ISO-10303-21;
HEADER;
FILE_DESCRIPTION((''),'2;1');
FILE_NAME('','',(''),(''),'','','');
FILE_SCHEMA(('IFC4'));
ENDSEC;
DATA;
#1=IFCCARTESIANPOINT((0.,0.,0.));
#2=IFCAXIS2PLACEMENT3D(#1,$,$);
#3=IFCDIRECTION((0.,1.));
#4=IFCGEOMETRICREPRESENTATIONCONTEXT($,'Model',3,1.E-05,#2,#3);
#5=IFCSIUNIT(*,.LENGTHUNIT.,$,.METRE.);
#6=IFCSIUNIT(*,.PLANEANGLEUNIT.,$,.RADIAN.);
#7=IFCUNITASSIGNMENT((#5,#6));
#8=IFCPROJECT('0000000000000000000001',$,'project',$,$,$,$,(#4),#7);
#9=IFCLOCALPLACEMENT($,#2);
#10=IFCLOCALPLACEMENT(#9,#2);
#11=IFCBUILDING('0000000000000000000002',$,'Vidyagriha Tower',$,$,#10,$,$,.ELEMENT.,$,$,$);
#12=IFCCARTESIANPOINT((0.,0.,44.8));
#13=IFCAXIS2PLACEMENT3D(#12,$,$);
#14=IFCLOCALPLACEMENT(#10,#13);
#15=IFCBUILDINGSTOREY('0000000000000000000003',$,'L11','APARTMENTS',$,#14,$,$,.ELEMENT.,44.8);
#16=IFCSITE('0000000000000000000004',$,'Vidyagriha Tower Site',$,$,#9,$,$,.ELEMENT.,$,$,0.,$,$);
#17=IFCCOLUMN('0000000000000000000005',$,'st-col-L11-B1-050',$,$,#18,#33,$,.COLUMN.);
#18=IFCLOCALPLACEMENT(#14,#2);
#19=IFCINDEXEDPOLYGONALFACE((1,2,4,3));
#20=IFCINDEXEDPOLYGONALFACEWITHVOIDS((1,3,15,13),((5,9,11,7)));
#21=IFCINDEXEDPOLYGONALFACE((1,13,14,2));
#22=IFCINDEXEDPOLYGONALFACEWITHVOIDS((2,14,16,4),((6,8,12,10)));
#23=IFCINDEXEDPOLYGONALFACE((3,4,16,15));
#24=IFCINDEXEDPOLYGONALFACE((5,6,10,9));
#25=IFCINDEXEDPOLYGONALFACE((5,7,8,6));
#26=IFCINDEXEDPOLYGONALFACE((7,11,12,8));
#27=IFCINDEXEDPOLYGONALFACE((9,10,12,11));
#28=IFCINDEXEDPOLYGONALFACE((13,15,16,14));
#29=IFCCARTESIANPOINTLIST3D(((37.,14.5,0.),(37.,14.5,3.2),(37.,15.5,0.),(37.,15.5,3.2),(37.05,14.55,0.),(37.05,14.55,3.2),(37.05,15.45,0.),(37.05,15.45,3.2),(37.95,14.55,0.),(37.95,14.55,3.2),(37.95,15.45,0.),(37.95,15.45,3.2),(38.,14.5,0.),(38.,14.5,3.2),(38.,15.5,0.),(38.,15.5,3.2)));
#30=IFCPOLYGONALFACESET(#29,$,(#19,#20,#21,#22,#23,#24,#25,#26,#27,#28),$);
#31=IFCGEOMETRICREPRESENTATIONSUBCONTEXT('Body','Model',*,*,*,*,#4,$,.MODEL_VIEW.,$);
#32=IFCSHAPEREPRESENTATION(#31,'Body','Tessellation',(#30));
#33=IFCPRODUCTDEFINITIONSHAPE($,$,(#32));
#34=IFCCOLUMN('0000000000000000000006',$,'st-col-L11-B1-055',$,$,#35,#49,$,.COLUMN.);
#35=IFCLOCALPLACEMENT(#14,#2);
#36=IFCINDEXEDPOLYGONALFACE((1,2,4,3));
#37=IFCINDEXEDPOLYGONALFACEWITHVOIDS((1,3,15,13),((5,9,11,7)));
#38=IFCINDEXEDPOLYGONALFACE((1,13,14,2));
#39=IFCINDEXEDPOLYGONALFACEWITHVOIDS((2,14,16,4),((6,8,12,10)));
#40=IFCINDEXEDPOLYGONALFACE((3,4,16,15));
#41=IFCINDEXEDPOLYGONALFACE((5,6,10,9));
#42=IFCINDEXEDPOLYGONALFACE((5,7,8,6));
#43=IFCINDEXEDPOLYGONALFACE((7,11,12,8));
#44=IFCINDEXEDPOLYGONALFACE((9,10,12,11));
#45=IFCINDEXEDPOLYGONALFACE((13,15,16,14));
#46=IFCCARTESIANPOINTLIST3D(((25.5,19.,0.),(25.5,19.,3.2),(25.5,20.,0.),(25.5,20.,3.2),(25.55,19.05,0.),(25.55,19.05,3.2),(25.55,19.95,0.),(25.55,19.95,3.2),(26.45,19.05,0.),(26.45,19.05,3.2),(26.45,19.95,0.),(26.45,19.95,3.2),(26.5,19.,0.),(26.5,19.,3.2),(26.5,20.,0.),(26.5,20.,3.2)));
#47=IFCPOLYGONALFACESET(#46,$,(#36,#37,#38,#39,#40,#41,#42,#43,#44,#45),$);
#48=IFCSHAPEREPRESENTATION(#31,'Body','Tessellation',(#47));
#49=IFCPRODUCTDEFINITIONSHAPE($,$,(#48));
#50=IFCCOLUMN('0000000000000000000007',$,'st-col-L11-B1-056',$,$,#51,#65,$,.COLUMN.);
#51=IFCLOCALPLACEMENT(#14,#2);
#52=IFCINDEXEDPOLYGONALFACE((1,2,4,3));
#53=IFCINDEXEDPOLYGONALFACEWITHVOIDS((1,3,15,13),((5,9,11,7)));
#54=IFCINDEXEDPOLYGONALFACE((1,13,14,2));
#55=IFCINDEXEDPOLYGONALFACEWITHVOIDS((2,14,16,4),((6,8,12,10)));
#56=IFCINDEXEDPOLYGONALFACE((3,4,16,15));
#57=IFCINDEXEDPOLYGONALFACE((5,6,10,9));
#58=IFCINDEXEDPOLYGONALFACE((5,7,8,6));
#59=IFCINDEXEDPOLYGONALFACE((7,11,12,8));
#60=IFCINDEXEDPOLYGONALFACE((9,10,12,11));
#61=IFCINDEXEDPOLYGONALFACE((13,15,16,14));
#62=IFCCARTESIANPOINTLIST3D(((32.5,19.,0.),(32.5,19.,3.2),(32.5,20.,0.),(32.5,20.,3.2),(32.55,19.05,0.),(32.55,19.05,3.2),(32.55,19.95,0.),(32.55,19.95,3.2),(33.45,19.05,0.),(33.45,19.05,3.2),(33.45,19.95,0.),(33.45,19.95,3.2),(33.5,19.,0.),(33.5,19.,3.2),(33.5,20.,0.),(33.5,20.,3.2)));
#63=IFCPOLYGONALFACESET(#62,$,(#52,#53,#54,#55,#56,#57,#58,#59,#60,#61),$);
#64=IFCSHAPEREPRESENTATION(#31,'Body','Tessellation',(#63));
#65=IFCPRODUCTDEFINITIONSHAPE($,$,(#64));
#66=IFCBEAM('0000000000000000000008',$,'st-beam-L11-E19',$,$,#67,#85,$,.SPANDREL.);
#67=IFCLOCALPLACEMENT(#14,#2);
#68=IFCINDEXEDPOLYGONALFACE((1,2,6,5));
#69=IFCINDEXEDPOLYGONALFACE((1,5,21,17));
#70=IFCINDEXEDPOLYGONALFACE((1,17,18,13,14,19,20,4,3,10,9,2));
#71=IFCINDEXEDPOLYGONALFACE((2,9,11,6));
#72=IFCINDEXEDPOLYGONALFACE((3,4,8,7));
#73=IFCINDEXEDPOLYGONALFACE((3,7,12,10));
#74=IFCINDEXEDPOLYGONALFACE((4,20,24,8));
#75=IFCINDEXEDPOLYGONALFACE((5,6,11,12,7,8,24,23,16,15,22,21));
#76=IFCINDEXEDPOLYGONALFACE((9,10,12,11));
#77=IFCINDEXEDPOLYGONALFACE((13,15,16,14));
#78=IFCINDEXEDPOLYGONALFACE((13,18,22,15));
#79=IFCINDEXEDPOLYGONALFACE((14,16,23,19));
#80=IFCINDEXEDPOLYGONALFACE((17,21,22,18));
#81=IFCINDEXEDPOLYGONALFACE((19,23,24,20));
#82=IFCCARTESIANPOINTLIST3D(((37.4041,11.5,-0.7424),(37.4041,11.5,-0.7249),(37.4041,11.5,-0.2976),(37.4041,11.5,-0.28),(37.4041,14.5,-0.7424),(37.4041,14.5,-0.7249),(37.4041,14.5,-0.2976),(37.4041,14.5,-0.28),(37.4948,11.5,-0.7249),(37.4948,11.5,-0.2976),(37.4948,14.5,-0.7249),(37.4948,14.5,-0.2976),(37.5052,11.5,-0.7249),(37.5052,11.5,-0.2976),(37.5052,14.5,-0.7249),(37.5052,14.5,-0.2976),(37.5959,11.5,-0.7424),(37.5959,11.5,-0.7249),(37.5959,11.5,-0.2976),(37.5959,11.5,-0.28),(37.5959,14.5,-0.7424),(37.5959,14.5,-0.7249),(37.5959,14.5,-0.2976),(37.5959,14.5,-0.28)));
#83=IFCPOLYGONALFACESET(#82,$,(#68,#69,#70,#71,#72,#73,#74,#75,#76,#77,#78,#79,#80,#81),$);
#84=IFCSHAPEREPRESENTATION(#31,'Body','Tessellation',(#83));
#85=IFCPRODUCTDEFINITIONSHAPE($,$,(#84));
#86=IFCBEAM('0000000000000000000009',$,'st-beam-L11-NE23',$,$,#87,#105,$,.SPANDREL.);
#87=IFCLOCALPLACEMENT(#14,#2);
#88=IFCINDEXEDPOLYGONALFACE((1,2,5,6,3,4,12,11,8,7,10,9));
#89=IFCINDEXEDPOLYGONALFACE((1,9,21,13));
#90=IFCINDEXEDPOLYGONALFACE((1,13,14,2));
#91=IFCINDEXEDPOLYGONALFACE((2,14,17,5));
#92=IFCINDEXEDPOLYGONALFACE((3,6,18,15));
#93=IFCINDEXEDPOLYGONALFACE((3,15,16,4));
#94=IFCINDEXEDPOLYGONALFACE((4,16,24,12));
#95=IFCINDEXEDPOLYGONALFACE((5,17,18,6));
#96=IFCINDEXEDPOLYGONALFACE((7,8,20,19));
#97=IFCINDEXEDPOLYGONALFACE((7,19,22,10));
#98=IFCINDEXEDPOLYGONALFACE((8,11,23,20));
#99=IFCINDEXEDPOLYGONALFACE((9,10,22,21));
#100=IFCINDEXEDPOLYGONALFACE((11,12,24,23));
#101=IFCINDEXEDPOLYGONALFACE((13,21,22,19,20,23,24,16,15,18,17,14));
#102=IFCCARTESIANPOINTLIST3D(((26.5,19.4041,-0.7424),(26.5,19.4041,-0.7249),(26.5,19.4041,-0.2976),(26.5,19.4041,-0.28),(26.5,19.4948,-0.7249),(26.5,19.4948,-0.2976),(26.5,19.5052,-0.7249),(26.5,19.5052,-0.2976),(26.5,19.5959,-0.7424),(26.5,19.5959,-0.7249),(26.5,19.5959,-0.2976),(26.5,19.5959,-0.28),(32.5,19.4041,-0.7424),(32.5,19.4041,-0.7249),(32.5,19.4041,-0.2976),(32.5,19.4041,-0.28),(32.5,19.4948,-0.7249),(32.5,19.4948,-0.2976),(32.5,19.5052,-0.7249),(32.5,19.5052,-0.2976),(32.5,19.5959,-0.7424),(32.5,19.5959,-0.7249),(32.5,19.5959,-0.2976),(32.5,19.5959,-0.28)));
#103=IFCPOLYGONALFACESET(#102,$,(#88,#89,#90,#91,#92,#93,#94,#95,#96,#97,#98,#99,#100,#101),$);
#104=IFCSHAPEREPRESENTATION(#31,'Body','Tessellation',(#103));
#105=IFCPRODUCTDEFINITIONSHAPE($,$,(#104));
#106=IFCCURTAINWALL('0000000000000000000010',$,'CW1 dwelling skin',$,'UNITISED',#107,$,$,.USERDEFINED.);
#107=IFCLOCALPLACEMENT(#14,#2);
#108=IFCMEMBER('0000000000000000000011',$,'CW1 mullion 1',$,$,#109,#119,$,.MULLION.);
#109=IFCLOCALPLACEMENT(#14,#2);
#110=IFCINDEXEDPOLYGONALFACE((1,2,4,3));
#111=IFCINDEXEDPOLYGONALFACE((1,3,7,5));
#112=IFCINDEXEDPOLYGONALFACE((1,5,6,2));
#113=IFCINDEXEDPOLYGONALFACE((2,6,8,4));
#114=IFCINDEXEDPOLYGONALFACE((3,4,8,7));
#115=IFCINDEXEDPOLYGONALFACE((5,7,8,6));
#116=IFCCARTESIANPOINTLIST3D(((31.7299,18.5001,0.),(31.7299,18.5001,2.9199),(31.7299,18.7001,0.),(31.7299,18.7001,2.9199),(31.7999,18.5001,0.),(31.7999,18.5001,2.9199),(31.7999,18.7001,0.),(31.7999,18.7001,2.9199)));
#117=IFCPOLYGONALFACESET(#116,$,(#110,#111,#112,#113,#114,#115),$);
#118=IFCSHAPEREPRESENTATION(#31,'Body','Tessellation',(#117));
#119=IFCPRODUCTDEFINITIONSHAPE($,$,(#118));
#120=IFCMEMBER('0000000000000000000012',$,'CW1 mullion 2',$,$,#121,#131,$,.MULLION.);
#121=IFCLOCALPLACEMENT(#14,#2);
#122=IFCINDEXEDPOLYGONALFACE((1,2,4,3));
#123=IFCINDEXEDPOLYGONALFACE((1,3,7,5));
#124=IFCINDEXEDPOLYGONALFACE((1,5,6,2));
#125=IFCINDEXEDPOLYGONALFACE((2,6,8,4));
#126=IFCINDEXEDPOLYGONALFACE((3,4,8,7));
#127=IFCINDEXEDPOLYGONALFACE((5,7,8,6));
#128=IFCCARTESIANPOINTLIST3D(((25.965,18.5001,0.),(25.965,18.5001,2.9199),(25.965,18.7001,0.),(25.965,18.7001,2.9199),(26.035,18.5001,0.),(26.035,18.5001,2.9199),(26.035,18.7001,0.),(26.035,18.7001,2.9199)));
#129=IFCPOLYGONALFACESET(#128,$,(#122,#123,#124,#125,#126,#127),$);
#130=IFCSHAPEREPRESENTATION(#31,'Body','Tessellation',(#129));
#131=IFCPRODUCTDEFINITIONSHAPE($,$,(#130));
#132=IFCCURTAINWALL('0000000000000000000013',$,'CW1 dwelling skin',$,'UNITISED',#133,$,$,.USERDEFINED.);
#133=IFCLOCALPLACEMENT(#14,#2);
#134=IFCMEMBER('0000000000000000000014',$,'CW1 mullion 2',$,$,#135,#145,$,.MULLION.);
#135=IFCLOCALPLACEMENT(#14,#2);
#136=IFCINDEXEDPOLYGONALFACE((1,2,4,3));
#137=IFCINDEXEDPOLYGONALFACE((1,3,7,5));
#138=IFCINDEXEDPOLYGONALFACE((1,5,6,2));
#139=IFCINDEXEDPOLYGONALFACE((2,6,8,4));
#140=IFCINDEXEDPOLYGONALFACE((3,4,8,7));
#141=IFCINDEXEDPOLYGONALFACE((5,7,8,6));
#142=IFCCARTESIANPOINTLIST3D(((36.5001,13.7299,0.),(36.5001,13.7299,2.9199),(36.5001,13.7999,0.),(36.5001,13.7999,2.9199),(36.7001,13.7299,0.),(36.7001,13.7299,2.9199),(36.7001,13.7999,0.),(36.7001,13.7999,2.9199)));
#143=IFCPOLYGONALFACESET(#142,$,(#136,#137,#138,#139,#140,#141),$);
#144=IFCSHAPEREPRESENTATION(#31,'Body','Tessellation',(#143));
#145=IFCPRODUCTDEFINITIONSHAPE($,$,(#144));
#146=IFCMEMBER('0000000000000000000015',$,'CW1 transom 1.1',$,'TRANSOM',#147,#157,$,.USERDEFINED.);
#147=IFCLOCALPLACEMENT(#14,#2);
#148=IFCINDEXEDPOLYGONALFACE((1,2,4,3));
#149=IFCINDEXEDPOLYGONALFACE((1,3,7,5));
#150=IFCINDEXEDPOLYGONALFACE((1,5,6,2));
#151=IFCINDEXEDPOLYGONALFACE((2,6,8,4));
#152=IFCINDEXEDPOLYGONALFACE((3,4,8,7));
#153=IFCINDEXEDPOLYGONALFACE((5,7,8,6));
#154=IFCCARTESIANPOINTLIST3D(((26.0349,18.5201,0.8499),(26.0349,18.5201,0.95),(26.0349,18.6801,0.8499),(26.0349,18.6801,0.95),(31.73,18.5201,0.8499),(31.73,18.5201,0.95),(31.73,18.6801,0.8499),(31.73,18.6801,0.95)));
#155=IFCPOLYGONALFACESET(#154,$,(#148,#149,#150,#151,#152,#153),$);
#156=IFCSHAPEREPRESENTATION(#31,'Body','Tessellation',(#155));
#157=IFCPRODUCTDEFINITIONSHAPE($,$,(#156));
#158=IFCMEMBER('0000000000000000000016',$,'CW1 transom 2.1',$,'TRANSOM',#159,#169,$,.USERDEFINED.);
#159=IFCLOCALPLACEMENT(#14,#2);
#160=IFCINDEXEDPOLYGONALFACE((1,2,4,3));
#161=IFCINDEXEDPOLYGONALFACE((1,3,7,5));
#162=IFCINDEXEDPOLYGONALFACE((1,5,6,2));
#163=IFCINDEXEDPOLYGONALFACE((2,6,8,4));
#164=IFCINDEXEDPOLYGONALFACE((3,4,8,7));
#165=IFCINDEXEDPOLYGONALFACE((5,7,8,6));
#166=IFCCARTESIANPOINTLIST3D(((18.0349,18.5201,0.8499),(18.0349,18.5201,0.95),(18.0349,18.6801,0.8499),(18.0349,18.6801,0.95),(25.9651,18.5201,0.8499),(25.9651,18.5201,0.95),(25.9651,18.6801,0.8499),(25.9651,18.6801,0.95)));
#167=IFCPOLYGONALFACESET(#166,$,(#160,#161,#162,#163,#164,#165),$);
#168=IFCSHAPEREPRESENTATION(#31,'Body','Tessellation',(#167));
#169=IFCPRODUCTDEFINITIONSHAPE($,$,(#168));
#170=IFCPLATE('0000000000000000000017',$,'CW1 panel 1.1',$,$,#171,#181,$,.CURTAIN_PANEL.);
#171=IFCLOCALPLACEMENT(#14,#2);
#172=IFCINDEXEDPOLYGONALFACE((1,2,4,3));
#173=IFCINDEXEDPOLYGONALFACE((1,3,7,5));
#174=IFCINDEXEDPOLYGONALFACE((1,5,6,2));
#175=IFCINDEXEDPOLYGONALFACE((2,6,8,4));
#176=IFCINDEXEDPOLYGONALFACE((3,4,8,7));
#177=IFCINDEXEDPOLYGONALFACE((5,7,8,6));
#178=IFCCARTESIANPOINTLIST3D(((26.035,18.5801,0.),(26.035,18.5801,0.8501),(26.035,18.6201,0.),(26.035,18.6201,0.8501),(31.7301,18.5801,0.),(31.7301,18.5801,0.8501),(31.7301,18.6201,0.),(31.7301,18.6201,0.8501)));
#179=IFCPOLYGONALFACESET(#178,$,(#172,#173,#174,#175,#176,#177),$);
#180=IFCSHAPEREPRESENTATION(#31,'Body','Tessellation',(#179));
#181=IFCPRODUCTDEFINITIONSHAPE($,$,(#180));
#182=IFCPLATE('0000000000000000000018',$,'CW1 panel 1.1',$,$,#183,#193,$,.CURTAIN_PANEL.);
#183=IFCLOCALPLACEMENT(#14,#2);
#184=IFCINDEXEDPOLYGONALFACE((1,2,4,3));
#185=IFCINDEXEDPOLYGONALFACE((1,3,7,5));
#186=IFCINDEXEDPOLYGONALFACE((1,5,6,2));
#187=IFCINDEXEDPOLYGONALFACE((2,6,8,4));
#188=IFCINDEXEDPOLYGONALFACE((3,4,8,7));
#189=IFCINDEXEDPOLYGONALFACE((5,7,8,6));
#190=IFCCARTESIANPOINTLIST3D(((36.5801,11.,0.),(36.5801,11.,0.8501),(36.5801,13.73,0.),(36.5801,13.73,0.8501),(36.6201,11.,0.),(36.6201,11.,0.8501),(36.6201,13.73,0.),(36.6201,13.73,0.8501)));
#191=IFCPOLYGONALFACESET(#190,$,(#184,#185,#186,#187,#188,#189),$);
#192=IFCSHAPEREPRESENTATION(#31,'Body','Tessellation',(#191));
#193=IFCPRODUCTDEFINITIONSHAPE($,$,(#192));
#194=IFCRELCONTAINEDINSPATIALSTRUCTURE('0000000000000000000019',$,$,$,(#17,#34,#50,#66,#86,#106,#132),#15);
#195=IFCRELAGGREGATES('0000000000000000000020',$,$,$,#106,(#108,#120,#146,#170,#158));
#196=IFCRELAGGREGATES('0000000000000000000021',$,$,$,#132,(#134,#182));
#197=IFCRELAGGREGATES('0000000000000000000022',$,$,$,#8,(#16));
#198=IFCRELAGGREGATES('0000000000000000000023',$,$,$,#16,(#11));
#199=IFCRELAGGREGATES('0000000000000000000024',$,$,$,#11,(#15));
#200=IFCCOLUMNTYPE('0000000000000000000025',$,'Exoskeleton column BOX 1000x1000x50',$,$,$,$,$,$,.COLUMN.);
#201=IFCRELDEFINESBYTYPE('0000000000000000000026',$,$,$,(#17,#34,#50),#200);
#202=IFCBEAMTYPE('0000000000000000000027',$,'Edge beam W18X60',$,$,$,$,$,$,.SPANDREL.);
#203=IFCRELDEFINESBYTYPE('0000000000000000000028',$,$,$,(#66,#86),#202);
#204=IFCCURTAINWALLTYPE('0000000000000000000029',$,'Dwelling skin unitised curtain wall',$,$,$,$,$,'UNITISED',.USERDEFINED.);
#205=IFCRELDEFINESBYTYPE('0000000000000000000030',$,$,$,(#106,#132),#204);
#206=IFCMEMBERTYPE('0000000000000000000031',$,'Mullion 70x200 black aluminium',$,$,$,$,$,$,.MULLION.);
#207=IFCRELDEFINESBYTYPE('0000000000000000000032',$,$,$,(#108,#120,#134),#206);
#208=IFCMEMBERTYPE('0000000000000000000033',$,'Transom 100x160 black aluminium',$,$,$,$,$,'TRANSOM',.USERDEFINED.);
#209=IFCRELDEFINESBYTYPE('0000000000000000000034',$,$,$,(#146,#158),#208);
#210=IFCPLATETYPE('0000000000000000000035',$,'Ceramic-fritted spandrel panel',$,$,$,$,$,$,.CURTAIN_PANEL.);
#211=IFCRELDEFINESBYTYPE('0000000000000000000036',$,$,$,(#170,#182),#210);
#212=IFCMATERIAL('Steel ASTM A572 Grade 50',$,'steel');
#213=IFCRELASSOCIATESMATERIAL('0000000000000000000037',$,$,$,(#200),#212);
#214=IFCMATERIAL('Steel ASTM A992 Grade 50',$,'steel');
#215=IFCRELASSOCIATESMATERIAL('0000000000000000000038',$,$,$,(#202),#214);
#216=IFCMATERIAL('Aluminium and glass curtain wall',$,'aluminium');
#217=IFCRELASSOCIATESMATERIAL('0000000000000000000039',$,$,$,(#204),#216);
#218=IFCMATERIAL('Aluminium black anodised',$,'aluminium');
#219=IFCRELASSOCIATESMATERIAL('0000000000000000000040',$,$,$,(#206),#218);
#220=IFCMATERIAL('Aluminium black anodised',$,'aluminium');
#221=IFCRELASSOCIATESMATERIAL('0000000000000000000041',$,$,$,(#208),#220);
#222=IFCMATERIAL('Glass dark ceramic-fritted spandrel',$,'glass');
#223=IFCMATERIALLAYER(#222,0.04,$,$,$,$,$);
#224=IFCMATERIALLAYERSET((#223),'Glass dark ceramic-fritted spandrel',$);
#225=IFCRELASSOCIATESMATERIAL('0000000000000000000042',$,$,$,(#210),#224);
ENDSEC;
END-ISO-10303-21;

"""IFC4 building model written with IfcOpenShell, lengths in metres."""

from ifc_helpers import new_model, si_unit, direction, frame, origin, origin_2d, place, context, subcontext, project, spatial, rectangle, hollow_rectangle, i_section, extrude, material, layer, layer_set, material_profile, profile_set, type_object, element, aggregate, save


model = new_model("IFC4")

# Units and contexts
model_context = context("Model", 3, precision=1e-05, world=origin(), true_north=direction((0.0, 1.0)))
body_context = subcontext(model_context, "Body", "Model", "MODEL_VIEW")
ifc_project = project(units=[si_unit("LENGTHUNIT", "METRE"), si_unit("PLANEANGLEUNIT", "RADIAN")], contexts=[model_context])

# Site, building, storey
site_placement = place(None, origin())
site = spatial("IfcSite", under=ifc_project, at=site_placement, Name="Vidyagriha Tower Site", CompositionType="ELEMENT", RefElevation=0.0)
building_placement = place(site_placement, origin())
building = spatial("IfcBuilding", under=site, at=building_placement, Name="Vidyagriha Tower", CompositionType="ELEMENT")
storey_placement = place(building_placement, frame((0.0, 0.0, 44.8)))
storey = spatial("IfcBuildingStorey", under=building, at=storey_placement, Name="L11", Description="APARTMENTS", CompositionType="ELEMENT", Elevation=44.8)

# Columns
ifc_material_1 = material(Name="Steel ASTM A572 Grade 50", Category="steel")
ifc_material_profile_1 = material_profile(ifc_material_1, hollow_rectangle(XDim=1.0, YDim=1.0, WallThickness=0.05, at=origin_2d()), Name="BOX 1000x1000x50")
ifc_profile_set_1 = profile_set([ifc_material_profile_1], Name="Steel ASTM A572 Grade 50")
column_type = type_object("IfcColumnType", Name="Exoskeleton column BOX 1000x1000x50", PredefinedType="COLUMN", material=ifc_profile_set_1)
for number, where, name in (
    (1, (37.5, 15.0, 0.0), "st-col-L11-B1-050"),
    (2, (26.0, 19.5, 0.0), "st-col-L11-B1-055"),
    (3, (33.0, 19.5, 0.0), "st-col-L11-B1-056"),
):
    element("IfcColumn", number, at=place(storey_placement, frame(where)), inside=storey, type_object=column_type, Name=name, PredefinedType="COLUMN", context=body_context, shape_type="SweptSolid", body=[
        extrude(hollow_rectangle(XDim=1.0, YDim=1.0, WallThickness=0.05, at=origin_2d()), origin(), (0.0, 0.0, 1.0), 3.2),
    ])

# Beams
ifc_material_2 = material(Name="Steel ASTM A992 Grade 50", Category="steel")
ifc_material_profile_2 = material_profile(ifc_material_2, i_section(OverallWidth=0.1919, OverallDepth=0.4624, WebThickness=0.0105, FlangeThickness=0.0176, at=origin_2d()), Name="W18X60")
ifc_profile_set_2 = profile_set([ifc_material_profile_2], Name="Steel ASTM A992 Grade 50")
beam_type = type_object("IfcBeamType", Name="Edge beam W18X60", PredefinedType="SPANDREL", material=ifc_profile_set_2)
beam_1_placement = place(storey_placement, frame((37.5, 11.5, -0.5112), z_axis=(0.0, 1.0, 0.0), x_axis=(-1.0, 0.0, 0.0)))
element("IfcBeam", 4, at=beam_1_placement, inside=storey, type_object=beam_type, Name="st-beam-L11-E19", PredefinedType="SPANDREL", context=body_context, shape_type="SweptSolid", body=[
    extrude(i_section(OverallWidth=0.1919, OverallDepth=0.4624, WebThickness=0.0105, FlangeThickness=0.0176, at=origin_2d()), origin(), (0.0, 0.0, 1.0), 3.0),
])
beam_2_placement = place(storey_placement, frame((26.5, 19.5, -0.5112), z_axis=(1.0, 0.0, 0.0), x_axis=(0.0, 1.0, 0.0)))
element("IfcBeam", 5, at=beam_2_placement, inside=storey, type_object=beam_type, Name="st-beam-L11-NE23", PredefinedType="SPANDREL", context=body_context, shape_type="SweptSolid", body=[
    extrude(i_section(OverallWidth=0.1919, OverallDepth=0.4624, WebThickness=0.0105, FlangeThickness=0.0176, at=origin_2d()), origin(), (0.0, 0.0, 1.0), 6.0),
])

# Curtain wall, members
ifc_material_3 = material(Name="Aluminium and glass curtain wall", Category="aluminium")
curtain_wall_type = type_object("IfcCurtainWallType", Name="Dwelling skin unitised curtain wall", ElementType="UNITISED", PredefinedType="USERDEFINED", material=ifc_material_3)
curtain_wall_1_placement = place(storey_placement, origin())
curtain_wall_1 = element("IfcCurtainWall", 6, at=curtain_wall_1_placement, inside=storey, type_object=curtain_wall_type, Name="CW1 dwelling skin", ObjectType="UNITISED", PredefinedType="USERDEFINED")
ifc_material_4 = material(Name="Aluminium black anodised", Category="aluminium")
ifc_material_profile_3 = material_profile(ifc_material_4, rectangle(XDim=0.2, YDim=0.0701, at=origin_2d()), Name="Mullion 70x200 black aluminium")
ifc_profile_set_3 = profile_set([ifc_material_profile_3], Name="Aluminium black anodised")
member_type_1 = type_object("IfcMemberType", Name="Mullion 70x200 black aluminium", PredefinedType="MULLION", material=ifc_profile_set_3)
member_1_placement = place(storey_placement, frame((31.7649, 18.6001, 0.0), z_axis=(0.0, 0.0, 1.0), x_axis=(0.0, -1.0, 0.0)))
member_1 = element("IfcMember", 7, at=member_1_placement, type_object=member_type_1, Name="CW1 mullion 1", PredefinedType="MULLION", context=body_context, shape_type="SweptSolid", body=[
    extrude(rectangle(XDim=0.2, YDim=0.0701, at=origin_2d()), origin(), (0.0, 0.0, 1.0), 2.9199),
])
member_2_placement = place(storey_placement, frame((26.0, 18.6001, 0.0), z_axis=(0.0, 0.0, 1.0), x_axis=(0.0, -1.0, 0.0)))
member_2 = element("IfcMember", 8, at=member_2_placement, type_object=member_type_1, Name="CW1 mullion 2", PredefinedType="MULLION", context=body_context, shape_type="SweptSolid", body=[
    extrude(rectangle(XDim=0.2, YDim=0.0701, at=origin_2d()), origin(), (0.0, 0.0, 1.0), 2.9199),
])

# Curtain wall, member
curtain_wall_2_placement = place(storey_placement, origin())
curtain_wall_2 = element("IfcCurtainWall", 9, at=curtain_wall_2_placement, inside=storey, type_object=curtain_wall_type, Name="CW1 dwelling skin", ObjectType="UNITISED", PredefinedType="USERDEFINED")
member_3_placement = place(storey_placement, frame((36.6001, 13.7649, 0.0), z_axis=(0.0, 0.0, 1.0), x_axis=(-1.0, 0.0, 0.0)))
member_3 = element("IfcMember", 10, at=member_3_placement, type_object=member_type_1, Name="CW1 mullion 2", PredefinedType="MULLION", context=body_context, shape_type="SweptSolid", body=[
    extrude(rectangle(XDim=0.2, YDim=0.0701, at=origin_2d()), origin(), (0.0, 0.0, 1.0), 2.9199),
])

# Members
ifc_material_5 = material(Name="Aluminium black anodised", Category="aluminium")
ifc_material_profile_4 = material_profile(ifc_material_5, rectangle(XDim=0.1599, YDim=0.1001, at=origin_2d()), Name="Transom 100x160 black aluminium")
ifc_profile_set_4 = profile_set([ifc_material_profile_4], Name="Aluminium black anodised")
member_type_2 = type_object("IfcMemberType", Name="Transom 100x160 black aluminium", ElementType="TRANSOM", PredefinedType="USERDEFINED", material=ifc_profile_set_4)
member_4_placement = place(storey_placement, frame((31.73, 18.6001, 0.8999), z_axis=(-1.0, 0.0, 0.0), x_axis=(0.0, -1.0, 0.0)))
member_4 = element("IfcMember", 11, at=member_4_placement, type_object=member_type_2, Name="CW1 transom 1.1", ObjectType="TRANSOM", PredefinedType="USERDEFINED", context=body_context, shape_type="SweptSolid", body=[
    extrude(rectangle(XDim=0.1599, YDim=0.1001, at=origin_2d()), origin(), (0.0, 0.0, 1.0), 5.6951),
])
member_5_placement = place(storey_placement, frame((25.9651, 18.6001, 0.8999), z_axis=(-1.0, 0.0, 0.0), x_axis=(0.0, -1.0, 0.0)))
member_5 = element("IfcMember", 12, at=member_5_placement, type_object=member_type_2, Name="CW1 transom 2.1", ObjectType="TRANSOM", PredefinedType="USERDEFINED", context=body_context, shape_type="SweptSolid", body=[
    extrude(rectangle(XDim=0.1599, YDim=0.1001, at=origin_2d()), origin(), (0.0, 0.0, 1.0), 7.9302),
])

# Plates
ifc_material_6 = material(Name="Glass dark ceramic-fritted spandrel", Category="glass")
ifc_layer_1 = layer(ifc_material_6, 0.04)
ifc_layer_set_1 = layer_set([ifc_layer_1], Name="Glass dark ceramic-fritted spandrel")
plate_type_1 = type_object("IfcPlateType", Name="Ceramic-fritted spandrel panel", PredefinedType="CURTAIN_PANEL", material=ifc_layer_set_1)
plate_1_placement = place(storey_placement, frame((28.8826, 18.6001, 0.0), z_axis=(0.0, 0.0, 1.0), x_axis=(-1.0, 0.0, 0.0)))
plate_1 = element("IfcPlate", 13, at=plate_1_placement, type_object=plate_type_1, Name="CW1 panel 1.1", PredefinedType="CURTAIN_PANEL", context=body_context, shape_type="SweptSolid", body=[
    extrude(rectangle(XDim=5.6951, YDim=0.04, at=origin_2d()), origin(), (0.0, 0.0, 1.0), 0.8501),
])
plate_2_placement = place(storey_placement, frame((36.6001, 12.365, 0.0), z_axis=(0.0, 0.0, 1.0), x_axis=(0.0, 1.0, 0.0)))
plate_2 = element("IfcPlate", 14, at=plate_2_placement, type_object=plate_type_1, Name="CW1 panel 1.1", PredefinedType="CURTAIN_PANEL", context=body_context, shape_type="SweptSolid", body=[
    extrude(rectangle(XDim=2.73, YDim=0.04, at=origin_2d()), origin(), (0.0, 0.0, 1.0), 0.8501),
])
aggregate(curtain_wall_1, [member_1, member_2, member_4, plate_1, member_5])
aggregate(curtain_wall_2, [member_3, plate_2])

save(model, "model.ifc")
